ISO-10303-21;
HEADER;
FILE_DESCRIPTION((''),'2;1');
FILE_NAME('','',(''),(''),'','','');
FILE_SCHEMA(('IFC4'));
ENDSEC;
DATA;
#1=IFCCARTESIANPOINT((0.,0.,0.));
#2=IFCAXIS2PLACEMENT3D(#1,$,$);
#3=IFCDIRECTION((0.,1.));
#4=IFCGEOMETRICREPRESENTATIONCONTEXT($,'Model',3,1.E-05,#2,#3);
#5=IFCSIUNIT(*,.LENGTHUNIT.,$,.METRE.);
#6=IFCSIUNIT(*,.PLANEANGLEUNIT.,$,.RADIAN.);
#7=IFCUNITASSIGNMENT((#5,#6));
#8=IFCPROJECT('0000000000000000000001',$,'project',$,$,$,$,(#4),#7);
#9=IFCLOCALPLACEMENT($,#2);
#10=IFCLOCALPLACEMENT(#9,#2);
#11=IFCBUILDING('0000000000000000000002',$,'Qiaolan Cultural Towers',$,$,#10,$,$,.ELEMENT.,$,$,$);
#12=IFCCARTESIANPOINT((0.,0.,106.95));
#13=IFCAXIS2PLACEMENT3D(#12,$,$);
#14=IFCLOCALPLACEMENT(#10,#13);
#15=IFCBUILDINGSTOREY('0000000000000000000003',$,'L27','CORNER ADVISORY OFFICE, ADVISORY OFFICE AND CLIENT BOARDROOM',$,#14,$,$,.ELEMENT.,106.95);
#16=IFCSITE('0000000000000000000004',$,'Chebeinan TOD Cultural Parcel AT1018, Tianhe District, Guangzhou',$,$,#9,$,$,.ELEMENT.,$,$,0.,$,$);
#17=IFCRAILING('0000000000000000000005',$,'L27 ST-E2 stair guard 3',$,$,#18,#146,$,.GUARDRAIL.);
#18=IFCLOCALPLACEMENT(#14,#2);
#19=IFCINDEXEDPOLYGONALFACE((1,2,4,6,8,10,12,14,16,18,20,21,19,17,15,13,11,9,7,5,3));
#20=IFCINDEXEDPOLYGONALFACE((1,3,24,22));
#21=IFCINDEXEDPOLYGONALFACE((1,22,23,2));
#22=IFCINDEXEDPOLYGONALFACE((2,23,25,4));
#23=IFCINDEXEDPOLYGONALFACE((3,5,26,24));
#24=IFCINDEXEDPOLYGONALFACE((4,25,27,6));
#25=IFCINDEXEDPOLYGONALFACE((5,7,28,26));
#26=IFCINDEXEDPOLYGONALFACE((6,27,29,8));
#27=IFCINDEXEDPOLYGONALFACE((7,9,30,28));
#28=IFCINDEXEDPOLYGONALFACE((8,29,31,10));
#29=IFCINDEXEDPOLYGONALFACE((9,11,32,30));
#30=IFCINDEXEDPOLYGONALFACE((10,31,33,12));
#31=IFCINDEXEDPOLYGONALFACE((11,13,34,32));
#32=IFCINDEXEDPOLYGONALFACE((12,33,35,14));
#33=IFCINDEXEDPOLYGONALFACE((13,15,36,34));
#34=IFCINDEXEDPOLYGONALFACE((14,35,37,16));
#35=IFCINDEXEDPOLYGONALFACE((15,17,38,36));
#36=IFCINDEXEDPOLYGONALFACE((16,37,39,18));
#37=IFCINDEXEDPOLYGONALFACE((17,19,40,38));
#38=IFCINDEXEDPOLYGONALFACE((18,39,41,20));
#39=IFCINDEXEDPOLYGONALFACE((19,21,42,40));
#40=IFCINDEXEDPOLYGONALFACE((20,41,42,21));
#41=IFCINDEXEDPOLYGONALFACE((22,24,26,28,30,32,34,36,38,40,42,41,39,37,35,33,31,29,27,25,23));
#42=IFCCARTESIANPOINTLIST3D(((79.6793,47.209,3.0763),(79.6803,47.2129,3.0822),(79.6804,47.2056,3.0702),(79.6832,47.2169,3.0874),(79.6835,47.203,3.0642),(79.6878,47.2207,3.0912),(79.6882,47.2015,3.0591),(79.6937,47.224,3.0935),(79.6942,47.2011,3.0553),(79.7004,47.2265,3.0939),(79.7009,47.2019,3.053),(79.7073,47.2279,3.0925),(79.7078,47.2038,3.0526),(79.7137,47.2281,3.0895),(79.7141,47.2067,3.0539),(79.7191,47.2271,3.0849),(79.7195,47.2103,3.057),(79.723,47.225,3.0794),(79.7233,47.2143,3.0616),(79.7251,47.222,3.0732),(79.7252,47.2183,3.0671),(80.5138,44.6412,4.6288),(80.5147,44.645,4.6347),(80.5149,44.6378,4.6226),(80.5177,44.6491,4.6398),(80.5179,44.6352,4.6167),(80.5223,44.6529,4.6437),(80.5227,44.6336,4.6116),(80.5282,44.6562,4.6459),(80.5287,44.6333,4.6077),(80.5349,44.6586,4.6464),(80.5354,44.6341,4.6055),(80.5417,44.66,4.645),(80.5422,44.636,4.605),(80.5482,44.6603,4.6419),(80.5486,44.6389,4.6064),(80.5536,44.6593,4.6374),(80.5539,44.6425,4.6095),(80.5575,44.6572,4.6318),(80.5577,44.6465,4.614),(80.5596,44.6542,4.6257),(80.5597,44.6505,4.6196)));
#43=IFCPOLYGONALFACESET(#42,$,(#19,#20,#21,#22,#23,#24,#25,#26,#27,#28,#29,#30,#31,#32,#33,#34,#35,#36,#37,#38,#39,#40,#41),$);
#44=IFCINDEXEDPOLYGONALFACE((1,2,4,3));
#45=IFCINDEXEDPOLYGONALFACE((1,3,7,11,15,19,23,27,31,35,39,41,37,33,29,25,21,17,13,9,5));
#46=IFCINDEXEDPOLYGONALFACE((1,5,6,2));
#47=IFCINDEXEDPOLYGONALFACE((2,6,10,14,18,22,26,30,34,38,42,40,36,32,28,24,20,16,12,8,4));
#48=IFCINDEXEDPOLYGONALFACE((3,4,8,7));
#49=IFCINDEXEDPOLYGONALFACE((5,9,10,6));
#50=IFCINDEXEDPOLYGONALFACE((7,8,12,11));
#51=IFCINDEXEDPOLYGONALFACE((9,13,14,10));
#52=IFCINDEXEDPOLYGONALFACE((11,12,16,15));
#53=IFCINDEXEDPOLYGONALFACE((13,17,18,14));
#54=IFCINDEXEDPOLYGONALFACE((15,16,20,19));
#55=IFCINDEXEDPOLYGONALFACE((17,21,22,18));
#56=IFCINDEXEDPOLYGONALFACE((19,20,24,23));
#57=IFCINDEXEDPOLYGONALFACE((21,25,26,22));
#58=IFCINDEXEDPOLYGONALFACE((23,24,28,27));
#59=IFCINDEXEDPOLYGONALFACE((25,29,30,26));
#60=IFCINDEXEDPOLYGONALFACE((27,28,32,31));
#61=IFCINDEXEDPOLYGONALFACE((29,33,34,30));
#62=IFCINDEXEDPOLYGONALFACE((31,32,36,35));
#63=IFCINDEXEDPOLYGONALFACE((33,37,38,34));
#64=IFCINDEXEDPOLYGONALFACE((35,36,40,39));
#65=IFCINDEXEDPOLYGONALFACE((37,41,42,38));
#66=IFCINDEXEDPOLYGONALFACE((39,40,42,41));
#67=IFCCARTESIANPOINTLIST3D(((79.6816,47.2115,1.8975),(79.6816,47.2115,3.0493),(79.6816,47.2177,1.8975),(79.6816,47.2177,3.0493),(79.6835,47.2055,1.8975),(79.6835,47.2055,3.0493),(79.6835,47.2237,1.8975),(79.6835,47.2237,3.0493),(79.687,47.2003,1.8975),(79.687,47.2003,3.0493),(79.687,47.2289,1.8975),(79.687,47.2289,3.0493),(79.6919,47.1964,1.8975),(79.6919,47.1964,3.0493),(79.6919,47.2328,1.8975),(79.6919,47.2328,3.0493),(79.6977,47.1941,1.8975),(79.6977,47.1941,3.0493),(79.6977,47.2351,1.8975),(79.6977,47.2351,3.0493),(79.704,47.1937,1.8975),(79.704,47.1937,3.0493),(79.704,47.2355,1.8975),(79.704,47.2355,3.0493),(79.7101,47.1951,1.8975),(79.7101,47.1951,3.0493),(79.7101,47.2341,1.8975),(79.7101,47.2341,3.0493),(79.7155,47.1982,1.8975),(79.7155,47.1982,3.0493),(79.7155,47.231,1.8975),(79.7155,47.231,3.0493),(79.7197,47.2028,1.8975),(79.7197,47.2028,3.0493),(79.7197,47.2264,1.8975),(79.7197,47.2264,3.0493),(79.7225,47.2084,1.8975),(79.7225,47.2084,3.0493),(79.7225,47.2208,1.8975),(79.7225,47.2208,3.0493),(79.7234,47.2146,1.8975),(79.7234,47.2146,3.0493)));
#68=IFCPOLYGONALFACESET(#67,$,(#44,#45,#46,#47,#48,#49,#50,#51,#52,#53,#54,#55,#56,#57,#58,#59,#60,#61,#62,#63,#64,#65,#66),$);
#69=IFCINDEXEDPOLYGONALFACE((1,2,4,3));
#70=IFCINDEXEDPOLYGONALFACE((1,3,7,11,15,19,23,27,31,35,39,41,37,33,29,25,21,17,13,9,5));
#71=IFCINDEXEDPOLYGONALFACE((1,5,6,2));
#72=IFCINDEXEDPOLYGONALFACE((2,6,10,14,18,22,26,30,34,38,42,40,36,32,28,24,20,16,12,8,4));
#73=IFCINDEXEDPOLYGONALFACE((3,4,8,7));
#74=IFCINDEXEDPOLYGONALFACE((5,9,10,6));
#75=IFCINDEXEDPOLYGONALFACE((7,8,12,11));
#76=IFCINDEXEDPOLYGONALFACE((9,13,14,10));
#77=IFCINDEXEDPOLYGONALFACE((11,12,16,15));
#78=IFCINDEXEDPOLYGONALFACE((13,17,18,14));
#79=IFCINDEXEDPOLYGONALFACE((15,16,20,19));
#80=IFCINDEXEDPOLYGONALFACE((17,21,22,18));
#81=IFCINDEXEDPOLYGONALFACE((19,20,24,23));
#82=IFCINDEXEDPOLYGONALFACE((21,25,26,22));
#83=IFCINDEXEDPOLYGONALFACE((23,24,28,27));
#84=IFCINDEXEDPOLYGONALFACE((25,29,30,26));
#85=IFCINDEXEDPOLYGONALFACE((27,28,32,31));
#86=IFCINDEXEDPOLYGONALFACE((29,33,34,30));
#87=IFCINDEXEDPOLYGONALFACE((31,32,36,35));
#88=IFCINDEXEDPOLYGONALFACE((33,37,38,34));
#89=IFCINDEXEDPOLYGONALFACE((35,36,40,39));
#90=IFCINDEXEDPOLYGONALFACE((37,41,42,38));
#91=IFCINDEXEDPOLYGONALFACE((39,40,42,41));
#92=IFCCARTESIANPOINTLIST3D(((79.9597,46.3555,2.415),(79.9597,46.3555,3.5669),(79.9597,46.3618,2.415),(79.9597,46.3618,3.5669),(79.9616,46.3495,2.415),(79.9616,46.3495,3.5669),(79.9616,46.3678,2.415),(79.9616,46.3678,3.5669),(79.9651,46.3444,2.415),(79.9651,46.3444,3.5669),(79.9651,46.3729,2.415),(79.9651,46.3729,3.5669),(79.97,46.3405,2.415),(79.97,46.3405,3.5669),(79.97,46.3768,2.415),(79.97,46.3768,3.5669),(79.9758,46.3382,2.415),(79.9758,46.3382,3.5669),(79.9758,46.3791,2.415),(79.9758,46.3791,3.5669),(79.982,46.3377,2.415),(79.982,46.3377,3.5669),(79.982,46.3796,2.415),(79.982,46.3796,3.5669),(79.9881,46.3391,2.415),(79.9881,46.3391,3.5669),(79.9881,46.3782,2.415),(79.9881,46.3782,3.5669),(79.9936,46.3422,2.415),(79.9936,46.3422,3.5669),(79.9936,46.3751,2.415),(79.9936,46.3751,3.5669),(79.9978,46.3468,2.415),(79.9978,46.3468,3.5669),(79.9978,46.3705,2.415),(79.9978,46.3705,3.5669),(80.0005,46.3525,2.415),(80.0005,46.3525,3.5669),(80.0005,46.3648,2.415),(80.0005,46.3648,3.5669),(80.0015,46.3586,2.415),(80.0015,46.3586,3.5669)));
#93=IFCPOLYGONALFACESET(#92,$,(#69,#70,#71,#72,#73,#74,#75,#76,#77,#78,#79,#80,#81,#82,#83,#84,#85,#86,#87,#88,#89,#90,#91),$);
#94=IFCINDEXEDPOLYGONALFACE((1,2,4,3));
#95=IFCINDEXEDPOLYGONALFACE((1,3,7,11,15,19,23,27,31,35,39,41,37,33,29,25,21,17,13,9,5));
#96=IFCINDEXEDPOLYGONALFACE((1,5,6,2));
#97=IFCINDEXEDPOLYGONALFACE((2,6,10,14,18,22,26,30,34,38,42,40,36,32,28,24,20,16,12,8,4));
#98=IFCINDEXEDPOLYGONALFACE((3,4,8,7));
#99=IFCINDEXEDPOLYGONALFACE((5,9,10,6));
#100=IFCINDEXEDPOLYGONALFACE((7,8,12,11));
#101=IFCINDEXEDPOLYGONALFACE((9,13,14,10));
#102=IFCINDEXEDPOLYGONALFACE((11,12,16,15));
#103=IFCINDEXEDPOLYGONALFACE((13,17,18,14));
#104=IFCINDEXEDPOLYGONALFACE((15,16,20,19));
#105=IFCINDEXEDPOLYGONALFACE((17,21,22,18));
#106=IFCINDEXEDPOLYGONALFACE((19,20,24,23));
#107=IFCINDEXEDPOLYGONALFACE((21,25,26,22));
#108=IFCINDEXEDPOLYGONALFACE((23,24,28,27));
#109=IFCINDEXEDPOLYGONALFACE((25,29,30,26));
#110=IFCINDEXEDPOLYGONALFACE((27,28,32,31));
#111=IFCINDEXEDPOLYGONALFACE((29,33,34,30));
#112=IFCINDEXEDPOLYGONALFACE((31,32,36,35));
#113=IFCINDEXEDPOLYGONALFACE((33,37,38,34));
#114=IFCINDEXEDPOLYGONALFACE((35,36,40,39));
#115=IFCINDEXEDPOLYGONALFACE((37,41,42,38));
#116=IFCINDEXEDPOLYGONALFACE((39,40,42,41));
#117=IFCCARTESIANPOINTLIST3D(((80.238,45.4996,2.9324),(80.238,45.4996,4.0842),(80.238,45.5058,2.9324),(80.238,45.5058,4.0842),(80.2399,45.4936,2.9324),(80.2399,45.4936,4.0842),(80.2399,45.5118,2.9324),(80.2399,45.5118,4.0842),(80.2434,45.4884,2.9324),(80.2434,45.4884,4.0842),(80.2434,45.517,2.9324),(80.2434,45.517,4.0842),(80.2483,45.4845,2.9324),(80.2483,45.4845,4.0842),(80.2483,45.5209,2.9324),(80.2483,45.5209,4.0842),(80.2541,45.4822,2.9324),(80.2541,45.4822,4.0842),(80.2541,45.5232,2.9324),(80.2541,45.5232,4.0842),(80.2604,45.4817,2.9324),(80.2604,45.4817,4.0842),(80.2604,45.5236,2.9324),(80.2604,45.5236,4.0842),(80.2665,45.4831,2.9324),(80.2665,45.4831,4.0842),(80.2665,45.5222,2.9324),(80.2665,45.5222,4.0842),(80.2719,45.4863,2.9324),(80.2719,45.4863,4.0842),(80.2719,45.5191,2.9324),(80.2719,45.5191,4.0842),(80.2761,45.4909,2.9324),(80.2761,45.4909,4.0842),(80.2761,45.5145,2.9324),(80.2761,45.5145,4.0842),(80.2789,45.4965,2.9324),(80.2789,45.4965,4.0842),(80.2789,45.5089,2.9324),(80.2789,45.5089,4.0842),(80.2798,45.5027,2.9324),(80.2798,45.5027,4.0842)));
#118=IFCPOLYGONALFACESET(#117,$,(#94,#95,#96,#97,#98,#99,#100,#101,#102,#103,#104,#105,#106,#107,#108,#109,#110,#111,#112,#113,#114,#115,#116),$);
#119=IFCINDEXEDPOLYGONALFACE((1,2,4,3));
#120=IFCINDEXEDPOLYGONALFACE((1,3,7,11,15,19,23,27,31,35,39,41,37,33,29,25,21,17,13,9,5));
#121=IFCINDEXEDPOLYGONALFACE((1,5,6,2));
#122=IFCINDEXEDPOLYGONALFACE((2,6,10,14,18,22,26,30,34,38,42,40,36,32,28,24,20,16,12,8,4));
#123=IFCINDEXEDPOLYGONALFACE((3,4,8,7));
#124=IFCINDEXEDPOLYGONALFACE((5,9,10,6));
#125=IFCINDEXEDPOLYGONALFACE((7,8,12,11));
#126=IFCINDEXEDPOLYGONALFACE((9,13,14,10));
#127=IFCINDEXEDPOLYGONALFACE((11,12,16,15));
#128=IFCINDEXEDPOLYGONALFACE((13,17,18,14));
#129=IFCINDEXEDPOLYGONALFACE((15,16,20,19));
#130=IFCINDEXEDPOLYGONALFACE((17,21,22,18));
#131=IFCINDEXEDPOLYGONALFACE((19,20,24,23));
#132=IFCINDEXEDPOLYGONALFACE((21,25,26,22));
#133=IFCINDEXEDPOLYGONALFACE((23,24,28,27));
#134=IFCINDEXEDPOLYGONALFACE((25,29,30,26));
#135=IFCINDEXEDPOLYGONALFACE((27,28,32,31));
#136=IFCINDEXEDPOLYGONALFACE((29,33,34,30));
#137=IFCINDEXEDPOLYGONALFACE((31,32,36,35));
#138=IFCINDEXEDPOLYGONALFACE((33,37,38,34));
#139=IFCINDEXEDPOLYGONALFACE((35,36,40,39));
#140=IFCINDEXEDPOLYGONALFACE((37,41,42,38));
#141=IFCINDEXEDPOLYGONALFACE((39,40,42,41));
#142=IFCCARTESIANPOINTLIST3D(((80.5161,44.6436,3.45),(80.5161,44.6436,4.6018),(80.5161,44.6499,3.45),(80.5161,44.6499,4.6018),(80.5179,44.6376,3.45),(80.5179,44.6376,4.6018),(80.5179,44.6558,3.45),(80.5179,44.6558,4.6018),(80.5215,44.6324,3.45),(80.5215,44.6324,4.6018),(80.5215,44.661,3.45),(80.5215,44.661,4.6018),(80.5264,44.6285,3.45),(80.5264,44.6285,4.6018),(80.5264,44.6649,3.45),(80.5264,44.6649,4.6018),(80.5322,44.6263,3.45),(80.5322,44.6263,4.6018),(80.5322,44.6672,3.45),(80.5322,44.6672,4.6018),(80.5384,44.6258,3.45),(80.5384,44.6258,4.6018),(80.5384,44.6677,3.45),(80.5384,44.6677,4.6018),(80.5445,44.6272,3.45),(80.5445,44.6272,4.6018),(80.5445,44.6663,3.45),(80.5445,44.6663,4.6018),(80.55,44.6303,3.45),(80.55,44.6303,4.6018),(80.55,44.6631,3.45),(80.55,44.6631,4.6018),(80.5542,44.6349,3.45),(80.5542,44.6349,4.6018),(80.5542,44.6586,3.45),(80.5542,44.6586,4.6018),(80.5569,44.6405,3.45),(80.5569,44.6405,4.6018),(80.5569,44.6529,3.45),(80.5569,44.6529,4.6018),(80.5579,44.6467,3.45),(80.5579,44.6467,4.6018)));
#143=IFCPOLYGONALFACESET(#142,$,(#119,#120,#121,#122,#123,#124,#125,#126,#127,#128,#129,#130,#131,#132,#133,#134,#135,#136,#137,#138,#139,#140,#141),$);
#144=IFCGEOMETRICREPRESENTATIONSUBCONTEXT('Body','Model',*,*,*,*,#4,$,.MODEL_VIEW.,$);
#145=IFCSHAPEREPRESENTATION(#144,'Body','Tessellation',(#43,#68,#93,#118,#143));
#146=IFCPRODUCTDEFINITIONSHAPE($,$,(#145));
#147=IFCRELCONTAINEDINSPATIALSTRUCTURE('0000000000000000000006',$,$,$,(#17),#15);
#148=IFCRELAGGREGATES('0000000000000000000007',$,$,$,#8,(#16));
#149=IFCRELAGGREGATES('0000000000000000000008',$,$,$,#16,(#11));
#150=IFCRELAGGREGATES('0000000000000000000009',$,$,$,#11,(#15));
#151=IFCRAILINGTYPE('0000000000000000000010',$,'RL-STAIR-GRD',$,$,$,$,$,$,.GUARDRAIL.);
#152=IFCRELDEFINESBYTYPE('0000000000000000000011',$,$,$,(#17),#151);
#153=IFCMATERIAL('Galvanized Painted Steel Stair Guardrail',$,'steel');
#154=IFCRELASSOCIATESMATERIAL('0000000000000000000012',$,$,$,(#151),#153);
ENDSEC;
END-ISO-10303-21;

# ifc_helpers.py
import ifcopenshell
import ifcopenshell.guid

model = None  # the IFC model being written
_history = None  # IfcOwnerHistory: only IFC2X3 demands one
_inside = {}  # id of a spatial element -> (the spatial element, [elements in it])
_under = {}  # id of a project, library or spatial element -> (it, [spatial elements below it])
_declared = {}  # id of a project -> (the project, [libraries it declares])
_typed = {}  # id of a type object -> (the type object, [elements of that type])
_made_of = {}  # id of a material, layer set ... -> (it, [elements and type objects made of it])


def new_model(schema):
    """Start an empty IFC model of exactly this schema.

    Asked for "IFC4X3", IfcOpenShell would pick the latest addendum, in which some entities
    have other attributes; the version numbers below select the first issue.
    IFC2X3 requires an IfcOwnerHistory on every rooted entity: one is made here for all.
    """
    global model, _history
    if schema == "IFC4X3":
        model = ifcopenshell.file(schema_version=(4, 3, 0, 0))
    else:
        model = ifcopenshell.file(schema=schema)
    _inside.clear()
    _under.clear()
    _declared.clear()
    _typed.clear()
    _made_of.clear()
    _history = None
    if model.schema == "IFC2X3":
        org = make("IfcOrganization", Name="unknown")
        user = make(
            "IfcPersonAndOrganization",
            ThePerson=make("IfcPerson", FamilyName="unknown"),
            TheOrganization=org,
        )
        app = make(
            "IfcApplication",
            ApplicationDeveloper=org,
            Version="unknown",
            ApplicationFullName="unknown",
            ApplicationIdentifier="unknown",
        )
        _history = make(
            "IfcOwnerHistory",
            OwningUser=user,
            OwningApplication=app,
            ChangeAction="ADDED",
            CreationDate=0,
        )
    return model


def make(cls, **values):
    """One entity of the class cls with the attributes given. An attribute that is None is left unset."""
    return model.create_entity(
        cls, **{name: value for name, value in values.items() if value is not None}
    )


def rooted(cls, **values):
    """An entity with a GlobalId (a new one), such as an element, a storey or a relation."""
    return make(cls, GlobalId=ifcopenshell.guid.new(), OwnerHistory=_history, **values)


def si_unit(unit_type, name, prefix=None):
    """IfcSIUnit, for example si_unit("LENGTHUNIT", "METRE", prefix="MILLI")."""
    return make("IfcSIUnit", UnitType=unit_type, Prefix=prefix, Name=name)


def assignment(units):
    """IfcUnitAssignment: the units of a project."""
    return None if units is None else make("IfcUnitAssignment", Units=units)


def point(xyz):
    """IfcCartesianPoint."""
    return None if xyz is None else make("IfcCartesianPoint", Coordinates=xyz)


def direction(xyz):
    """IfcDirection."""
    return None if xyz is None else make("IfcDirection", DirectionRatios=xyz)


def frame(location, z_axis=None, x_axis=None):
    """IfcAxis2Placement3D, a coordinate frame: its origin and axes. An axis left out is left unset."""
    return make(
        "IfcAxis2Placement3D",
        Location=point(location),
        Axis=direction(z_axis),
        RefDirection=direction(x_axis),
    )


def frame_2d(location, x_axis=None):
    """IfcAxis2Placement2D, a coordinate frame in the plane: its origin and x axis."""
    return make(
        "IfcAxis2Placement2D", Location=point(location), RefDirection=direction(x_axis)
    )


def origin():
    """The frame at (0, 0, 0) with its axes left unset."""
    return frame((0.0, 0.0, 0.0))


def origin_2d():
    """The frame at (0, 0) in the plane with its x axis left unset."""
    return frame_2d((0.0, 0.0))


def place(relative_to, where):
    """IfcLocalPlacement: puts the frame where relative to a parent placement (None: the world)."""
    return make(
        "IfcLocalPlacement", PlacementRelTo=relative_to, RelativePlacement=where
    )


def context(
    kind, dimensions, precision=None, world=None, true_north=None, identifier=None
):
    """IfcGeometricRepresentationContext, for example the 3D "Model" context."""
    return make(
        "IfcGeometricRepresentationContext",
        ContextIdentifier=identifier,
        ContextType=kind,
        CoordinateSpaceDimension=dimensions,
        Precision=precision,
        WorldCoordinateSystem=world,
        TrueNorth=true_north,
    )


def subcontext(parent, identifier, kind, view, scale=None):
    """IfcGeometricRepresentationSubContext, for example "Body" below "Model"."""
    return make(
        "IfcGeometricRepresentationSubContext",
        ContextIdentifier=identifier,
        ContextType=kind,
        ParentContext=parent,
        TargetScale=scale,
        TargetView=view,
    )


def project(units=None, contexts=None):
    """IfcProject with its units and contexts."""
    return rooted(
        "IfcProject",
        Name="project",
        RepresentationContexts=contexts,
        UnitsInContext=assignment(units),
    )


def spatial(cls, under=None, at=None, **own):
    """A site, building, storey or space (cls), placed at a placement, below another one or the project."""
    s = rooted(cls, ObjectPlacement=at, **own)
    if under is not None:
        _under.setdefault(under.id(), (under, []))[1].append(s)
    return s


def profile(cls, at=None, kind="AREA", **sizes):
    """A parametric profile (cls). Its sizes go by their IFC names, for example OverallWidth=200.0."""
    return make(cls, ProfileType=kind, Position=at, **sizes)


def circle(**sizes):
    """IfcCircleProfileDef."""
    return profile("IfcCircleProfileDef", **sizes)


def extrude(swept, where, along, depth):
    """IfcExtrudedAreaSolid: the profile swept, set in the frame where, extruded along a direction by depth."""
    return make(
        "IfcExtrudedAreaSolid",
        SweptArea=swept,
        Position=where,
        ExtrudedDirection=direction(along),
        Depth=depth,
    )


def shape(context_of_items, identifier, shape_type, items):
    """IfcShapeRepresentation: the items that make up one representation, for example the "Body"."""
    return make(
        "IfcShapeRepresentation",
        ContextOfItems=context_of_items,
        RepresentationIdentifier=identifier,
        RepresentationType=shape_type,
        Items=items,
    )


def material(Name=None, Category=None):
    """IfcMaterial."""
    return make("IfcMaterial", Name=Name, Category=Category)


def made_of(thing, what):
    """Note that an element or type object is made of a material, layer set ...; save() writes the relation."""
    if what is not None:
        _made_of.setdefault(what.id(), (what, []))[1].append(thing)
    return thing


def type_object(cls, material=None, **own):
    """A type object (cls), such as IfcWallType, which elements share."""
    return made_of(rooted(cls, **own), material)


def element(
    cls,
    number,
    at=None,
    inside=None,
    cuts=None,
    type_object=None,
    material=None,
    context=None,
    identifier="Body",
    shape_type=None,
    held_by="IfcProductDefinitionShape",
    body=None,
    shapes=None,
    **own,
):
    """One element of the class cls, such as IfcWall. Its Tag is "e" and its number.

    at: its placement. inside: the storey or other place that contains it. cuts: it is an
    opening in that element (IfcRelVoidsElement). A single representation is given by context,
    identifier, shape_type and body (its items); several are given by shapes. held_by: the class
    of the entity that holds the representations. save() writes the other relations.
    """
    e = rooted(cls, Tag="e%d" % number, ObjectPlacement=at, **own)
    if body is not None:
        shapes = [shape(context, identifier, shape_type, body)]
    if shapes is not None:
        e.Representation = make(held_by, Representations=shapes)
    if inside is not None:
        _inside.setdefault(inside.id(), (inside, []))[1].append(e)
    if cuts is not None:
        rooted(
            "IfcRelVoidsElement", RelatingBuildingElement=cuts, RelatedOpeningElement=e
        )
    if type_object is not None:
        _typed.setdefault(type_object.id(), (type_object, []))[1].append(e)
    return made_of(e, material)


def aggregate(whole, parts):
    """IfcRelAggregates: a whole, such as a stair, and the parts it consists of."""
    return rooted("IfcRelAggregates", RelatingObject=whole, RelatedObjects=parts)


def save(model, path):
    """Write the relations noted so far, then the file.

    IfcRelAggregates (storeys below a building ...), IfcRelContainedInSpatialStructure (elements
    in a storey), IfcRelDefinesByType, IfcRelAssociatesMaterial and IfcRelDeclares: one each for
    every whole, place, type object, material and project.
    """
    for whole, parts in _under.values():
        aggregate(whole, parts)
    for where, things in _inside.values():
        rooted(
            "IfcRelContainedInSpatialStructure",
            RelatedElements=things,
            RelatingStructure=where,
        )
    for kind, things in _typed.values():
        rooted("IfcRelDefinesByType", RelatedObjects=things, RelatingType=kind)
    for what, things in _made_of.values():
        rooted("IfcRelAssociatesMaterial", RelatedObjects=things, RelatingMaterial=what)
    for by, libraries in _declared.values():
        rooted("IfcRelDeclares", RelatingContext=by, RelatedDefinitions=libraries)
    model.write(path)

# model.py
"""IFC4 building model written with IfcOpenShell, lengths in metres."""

from ifc_helpers import new_model, si_unit, direction, frame, origin, origin_2d, place, context, subcontext, project, spatial, circle, extrude, material, type_object, element, save


model = new_model("IFC4")

# Units and contexts
model_context = context("Model", 3, precision=1e-05, world=origin(), true_north=direction((0.0, 1.0)))
body_context = subcontext(model_context, "Body", "Model", "MODEL_VIEW")
ifc_project = project(units=[si_unit("LENGTHUNIT", "METRE"), si_unit("PLANEANGLEUNIT", "RADIAN")], contexts=[model_context])

# Site, building, storey
site_placement = place(None, origin())
site = spatial("IfcSite", under=ifc_project, at=site_placement, Name="Chebeinan TOD Cultural Parcel AT1018, Tianhe District, Guangzhou", CompositionType="ELEMENT", RefElevation=0.0)
building_placement = place(site_placement, origin())
building = spatial("IfcBuilding", under=site, at=building_placement, Name="Qiaolan Cultural Towers", CompositionType="ELEMENT")
storey_placement = place(building_placement, frame((0.0, 0.0, 106.95)))
storey = spatial("IfcBuildingStorey", under=building, at=storey_placement, Name="L27", Description="CORNER ADVISORY OFFICE, ADVISORY OFFICE AND CLIENT BOARDROOM", CompositionType="ELEMENT", Elevation=106.95)

# Railing
ifc_material_1 = material(Name="Galvanized Painted Steel Stair Guardrail", Category="steel")
railing_type_1 = type_object("IfcRailingType", Name="RL-STAIR-GRD", PredefinedType="GUARDRAIL", material=ifc_material_1)
railing_1_placement = place(storey_placement, frame((79.7024, 47.2146, 1.8975)))
element("IfcRailing", 1, at=railing_1_placement, inside=storey, type_object=railing_type_1, Name="L27 ST-E2 stair guard 3", PredefinedType="GUARDRAIL", context=body_context, shape_type="SweptSolid", body=[
    extrude(circle(Radius=0.0239, at=origin_2d()), frame((0.0, 0.0, 1.1758), z_axis=(0.267926, -0.824471, 0.498461), x_axis=(0.951043, 0.309057, 0.0)), (0.0, 0.0, 1.0), 3.1145),
    extrude(circle(Radius=0.021, at=origin_2d()), origin(), (0.0, 0.0, 1.0), 1.1519),
    extrude(circle(Radius=0.021, at=origin_2d()), frame((0.2781, -0.856, 0.5176)), (0.0, 0.0, 1.0), 1.1519),
    extrude(circle(Radius=0.021, at=origin_2d()), frame((0.5564, -1.7119, 1.0349)), (0.0, 0.0, 1.0), 1.1519),
    extrude(circle(Radius=0.021, at=origin_2d()), frame((0.8345, -2.5679, 1.5525)), (0.0, 0.0, 1.0), 1.1519),
])

save(model, "model.ifc")
